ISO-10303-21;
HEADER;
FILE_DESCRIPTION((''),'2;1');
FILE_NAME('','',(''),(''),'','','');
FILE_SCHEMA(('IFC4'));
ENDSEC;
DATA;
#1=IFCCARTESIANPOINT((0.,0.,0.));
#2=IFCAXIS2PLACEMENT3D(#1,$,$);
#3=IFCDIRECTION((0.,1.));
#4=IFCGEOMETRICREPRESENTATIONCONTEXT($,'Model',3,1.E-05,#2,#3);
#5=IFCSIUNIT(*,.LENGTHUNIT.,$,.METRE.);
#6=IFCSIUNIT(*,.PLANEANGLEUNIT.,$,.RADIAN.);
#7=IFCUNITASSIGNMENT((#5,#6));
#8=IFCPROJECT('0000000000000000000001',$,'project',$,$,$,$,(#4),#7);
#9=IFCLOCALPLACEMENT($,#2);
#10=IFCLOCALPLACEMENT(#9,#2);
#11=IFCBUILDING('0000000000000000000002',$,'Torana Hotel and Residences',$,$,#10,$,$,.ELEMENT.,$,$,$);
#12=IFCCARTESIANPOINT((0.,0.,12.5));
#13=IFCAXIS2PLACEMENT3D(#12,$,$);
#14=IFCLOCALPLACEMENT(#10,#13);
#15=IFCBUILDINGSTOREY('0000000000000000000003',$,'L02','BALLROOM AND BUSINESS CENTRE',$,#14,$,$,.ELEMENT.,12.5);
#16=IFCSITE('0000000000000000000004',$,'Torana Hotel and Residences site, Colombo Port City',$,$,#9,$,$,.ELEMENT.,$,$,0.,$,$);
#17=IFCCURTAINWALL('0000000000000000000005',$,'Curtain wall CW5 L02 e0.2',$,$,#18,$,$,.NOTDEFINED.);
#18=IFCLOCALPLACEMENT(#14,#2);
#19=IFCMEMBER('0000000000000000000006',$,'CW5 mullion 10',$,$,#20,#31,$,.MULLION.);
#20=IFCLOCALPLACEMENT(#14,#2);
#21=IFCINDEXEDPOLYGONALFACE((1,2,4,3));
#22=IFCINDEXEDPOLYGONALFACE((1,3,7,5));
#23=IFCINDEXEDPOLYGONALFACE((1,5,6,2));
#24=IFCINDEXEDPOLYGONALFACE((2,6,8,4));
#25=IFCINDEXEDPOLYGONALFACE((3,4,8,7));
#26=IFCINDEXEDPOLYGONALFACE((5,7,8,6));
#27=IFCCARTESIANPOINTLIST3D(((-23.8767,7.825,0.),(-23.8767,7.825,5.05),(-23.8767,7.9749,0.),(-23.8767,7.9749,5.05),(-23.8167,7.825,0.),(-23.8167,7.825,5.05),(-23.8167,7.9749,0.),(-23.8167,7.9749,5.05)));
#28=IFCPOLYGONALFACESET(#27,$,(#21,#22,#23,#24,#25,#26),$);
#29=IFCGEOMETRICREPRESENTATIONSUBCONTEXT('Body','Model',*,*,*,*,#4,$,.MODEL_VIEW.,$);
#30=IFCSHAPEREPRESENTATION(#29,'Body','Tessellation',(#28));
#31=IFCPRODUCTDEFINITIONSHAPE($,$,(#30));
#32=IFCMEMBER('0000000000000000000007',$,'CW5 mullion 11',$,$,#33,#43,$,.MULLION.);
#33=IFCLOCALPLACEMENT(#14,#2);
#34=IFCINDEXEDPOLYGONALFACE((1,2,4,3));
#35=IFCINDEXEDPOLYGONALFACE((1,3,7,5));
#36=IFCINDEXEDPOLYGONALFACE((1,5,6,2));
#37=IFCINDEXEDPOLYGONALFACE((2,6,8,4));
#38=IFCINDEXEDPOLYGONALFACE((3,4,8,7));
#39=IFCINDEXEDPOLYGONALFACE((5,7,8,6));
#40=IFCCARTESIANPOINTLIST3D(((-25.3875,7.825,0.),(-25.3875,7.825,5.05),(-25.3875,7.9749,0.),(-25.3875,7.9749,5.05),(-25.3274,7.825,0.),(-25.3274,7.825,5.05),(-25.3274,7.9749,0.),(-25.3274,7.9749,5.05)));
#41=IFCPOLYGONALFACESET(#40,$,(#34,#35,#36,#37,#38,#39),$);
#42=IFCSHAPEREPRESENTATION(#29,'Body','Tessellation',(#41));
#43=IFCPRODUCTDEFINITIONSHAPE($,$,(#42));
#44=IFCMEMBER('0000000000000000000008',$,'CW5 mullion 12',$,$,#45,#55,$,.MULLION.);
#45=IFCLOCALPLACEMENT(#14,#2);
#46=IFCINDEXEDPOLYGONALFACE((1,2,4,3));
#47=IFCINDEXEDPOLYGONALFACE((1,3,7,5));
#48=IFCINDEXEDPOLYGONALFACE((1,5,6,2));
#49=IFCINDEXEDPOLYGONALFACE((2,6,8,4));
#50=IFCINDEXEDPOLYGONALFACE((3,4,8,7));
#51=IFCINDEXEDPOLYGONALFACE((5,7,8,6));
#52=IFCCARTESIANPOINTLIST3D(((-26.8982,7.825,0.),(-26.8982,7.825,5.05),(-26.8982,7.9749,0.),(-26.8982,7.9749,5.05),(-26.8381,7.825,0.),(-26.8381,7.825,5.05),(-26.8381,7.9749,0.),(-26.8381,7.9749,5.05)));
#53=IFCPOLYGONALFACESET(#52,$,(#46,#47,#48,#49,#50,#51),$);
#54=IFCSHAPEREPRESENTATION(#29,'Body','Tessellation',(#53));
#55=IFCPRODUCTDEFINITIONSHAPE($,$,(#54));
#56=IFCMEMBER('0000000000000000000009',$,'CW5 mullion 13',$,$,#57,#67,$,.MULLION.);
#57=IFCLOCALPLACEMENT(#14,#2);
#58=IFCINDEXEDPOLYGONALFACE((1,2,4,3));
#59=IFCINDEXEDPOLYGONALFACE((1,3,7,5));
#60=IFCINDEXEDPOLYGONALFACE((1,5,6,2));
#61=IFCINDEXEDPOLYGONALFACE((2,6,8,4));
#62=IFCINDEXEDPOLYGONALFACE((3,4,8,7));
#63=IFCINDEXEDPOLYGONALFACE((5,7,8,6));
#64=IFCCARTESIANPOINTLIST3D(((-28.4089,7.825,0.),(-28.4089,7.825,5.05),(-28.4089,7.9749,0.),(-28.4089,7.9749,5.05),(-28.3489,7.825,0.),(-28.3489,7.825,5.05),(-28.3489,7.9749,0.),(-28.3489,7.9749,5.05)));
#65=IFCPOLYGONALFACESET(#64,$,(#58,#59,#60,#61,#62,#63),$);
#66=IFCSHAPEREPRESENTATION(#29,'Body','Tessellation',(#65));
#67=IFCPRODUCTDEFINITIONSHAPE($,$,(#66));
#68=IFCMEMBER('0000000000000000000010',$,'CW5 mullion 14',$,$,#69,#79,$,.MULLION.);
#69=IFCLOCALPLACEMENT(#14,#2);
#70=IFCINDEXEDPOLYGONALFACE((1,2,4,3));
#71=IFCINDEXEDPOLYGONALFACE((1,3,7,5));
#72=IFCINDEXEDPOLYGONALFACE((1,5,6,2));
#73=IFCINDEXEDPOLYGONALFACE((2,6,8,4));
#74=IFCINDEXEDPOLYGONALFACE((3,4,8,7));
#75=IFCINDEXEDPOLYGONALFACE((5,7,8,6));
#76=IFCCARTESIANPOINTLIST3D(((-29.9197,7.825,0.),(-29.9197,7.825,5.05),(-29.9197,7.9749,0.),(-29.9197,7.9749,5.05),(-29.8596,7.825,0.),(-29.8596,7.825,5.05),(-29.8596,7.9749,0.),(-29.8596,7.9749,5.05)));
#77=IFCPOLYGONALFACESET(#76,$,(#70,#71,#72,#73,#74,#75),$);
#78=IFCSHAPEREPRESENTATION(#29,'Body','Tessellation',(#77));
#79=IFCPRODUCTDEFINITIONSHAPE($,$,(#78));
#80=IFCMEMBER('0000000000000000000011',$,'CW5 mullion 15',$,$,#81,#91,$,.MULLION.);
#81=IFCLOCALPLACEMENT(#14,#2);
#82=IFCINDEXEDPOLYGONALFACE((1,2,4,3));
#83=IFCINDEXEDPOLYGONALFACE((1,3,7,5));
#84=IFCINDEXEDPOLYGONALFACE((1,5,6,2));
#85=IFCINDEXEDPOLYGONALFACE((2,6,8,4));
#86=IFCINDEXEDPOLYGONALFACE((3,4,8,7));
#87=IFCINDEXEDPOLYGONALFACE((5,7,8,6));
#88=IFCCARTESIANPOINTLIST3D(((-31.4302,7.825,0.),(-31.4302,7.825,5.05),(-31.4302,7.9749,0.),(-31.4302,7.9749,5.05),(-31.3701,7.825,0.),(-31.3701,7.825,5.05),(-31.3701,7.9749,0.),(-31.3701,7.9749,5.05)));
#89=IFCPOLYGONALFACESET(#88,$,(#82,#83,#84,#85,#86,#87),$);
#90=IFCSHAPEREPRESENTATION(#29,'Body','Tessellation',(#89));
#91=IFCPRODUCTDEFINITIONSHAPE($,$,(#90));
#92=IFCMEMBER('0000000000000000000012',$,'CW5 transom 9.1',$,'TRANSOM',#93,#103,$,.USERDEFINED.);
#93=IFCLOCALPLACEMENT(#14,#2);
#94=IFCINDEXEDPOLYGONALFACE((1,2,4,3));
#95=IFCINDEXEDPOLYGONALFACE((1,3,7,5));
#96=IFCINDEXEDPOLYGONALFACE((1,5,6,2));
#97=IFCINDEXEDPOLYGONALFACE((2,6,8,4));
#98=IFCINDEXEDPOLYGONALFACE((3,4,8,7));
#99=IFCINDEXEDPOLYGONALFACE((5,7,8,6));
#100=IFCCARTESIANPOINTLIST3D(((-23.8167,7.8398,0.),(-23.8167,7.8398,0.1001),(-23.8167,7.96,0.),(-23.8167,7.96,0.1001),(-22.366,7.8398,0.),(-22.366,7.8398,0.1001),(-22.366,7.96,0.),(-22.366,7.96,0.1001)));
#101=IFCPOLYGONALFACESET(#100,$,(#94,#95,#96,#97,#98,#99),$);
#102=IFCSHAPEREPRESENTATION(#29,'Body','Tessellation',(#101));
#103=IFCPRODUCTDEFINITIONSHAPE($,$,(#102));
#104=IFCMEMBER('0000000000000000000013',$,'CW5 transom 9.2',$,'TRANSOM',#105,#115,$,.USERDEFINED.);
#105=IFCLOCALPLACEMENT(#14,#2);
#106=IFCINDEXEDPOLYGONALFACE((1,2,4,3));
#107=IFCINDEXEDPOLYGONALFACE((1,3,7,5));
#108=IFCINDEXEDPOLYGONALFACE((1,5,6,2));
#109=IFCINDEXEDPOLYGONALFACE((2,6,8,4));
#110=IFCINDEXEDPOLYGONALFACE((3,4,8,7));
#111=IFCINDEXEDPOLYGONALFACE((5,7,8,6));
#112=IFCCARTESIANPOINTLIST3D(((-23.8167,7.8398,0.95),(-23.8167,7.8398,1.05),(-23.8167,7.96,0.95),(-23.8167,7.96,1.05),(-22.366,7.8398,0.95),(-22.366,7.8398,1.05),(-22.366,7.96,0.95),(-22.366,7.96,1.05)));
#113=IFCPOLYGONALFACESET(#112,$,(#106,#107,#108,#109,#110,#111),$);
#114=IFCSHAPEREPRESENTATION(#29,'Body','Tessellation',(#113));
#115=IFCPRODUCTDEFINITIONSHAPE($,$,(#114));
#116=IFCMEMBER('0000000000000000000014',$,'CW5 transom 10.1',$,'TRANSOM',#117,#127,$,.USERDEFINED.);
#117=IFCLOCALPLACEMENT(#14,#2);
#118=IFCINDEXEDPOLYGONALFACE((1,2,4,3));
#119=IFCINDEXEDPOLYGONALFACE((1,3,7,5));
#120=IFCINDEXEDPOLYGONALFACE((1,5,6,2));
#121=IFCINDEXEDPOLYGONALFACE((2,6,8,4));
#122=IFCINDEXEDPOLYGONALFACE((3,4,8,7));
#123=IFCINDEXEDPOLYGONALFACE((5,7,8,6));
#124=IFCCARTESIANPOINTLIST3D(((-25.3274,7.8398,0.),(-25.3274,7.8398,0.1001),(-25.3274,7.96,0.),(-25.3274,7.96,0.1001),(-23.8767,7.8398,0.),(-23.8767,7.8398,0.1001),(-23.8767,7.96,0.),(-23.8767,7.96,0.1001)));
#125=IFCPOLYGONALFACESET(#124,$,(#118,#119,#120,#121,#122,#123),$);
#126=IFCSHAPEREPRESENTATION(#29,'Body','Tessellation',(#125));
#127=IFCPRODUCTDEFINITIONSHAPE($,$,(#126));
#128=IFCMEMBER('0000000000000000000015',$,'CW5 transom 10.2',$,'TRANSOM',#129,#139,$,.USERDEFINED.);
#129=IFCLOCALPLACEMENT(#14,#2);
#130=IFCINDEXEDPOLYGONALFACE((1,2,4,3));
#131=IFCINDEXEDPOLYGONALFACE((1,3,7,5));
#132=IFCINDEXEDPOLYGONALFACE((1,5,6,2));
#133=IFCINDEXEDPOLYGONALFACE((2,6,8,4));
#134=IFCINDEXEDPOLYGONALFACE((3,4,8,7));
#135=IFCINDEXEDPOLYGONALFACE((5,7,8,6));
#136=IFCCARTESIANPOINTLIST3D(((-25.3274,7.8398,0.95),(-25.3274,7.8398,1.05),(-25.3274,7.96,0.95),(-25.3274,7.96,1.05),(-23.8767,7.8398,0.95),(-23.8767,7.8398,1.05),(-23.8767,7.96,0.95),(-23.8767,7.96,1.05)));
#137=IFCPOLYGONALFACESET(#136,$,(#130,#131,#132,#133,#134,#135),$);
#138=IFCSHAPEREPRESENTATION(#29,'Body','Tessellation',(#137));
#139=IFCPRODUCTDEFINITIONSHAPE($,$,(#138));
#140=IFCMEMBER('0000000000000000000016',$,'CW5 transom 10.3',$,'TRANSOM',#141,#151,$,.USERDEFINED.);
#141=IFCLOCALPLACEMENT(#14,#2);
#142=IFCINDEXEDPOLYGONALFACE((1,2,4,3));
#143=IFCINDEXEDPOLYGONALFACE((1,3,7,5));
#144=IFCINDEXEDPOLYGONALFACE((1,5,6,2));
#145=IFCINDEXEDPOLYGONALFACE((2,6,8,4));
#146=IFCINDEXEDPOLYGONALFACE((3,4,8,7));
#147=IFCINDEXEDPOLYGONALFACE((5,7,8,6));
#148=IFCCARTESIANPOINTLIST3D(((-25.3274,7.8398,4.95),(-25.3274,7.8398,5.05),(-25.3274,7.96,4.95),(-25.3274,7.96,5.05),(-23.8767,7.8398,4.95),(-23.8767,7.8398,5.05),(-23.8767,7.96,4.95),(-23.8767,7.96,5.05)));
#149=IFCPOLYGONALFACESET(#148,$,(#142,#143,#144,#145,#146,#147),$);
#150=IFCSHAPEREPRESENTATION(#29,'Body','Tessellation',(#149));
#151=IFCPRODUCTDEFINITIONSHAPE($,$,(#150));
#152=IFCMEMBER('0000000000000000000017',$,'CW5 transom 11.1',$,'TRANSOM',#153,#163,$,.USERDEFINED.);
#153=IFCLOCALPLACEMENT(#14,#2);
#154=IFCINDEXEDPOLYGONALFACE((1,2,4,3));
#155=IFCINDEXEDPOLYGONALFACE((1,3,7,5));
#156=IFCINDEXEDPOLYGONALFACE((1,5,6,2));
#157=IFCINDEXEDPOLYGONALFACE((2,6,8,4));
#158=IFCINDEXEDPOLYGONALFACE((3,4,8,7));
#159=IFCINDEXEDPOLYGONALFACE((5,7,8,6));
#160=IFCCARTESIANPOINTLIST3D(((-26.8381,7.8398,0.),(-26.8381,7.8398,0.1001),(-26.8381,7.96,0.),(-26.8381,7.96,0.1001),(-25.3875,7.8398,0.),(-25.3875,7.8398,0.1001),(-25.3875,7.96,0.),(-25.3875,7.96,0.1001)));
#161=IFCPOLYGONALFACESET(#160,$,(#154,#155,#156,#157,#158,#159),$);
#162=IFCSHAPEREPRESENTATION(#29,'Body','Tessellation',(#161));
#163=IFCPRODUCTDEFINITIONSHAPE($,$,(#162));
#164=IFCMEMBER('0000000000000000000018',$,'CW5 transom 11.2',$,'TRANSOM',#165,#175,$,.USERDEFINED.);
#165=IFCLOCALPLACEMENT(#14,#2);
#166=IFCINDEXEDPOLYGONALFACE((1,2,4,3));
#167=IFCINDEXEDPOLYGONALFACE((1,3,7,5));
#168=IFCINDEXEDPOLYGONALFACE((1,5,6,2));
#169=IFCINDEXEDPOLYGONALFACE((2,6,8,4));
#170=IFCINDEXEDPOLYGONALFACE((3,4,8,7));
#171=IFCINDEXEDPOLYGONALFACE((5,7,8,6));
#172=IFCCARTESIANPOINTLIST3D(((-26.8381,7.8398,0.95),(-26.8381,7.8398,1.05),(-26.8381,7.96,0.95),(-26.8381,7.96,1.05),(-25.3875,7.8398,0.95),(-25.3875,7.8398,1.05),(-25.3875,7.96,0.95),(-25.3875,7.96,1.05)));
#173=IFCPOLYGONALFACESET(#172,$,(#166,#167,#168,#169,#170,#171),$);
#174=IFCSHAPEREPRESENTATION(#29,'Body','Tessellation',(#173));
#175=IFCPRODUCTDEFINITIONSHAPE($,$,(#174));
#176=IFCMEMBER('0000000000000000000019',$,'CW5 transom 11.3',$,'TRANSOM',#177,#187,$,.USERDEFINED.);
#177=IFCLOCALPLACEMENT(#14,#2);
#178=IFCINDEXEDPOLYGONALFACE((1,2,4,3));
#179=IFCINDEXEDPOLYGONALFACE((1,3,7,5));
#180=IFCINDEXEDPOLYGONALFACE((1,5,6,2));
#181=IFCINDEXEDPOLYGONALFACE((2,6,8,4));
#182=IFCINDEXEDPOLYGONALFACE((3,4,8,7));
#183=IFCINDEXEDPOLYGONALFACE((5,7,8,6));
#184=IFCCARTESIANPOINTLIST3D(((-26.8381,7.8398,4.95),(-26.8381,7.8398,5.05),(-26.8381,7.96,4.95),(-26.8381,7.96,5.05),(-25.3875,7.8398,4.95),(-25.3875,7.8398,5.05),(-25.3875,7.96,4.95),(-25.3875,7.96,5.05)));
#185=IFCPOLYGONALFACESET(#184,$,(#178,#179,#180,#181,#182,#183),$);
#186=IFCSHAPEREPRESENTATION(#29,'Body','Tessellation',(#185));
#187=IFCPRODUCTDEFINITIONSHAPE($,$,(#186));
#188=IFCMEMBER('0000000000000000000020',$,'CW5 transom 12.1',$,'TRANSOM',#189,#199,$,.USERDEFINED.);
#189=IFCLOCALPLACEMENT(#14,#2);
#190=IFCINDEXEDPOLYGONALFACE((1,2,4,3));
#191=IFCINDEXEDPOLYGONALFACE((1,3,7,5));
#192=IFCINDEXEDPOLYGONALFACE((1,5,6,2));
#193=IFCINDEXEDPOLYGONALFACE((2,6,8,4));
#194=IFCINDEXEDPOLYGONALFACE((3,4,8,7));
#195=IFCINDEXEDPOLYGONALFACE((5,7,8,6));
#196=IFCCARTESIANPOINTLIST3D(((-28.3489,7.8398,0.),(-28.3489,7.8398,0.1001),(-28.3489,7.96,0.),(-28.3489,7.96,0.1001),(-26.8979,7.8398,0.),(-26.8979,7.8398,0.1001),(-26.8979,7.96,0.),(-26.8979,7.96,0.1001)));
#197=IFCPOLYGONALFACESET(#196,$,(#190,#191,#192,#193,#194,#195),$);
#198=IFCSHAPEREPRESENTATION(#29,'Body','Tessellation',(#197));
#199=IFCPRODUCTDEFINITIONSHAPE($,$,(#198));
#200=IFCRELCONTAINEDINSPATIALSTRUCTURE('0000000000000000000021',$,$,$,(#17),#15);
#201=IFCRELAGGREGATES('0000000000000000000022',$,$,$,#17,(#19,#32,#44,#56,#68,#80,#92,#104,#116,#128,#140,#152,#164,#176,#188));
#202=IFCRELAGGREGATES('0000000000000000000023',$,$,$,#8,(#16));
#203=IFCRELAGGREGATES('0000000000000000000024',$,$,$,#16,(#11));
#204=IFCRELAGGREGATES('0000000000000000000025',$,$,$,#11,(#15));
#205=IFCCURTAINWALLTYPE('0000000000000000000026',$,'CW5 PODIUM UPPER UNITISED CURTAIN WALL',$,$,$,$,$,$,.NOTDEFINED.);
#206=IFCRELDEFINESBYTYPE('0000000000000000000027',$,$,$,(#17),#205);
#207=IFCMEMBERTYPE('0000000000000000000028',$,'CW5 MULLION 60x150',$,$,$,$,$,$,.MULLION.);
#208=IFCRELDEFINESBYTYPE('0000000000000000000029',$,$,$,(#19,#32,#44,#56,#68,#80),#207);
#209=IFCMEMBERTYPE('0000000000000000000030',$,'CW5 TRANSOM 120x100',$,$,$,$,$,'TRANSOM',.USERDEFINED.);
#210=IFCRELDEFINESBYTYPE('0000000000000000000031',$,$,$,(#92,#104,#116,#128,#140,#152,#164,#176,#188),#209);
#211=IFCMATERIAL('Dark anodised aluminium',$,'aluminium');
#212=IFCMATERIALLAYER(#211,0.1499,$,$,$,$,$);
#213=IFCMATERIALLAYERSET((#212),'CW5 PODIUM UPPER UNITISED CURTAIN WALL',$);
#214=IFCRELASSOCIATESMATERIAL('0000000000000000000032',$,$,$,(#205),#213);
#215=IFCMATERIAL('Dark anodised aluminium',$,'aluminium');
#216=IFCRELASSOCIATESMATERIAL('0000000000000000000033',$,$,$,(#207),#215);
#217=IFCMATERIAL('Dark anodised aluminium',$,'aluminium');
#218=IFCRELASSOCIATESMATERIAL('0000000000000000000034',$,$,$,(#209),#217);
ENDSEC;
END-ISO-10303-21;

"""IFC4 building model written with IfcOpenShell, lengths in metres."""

from ifc_helpers import new_model, si_unit, direction, frame, origin, origin_2d, place, context, subcontext, project, spatial, rectangle, extrude, material, layer, layer_set, material_profile, profile_set, type_object, element, aggregate, save


model = new_model("IFC4")

# Units and contexts
model_context = context("Model", 3, precision=1e-05, world=origin(), true_north=direction((0.0, 1.0)))
body_context = subcontext(model_context, "Body", "Model", "MODEL_VIEW")
ifc_project = project(units=[si_unit("LENGTHUNIT", "METRE"), si_unit("PLANEANGLEUNIT", "RADIAN")], contexts=[model_context])

# Site, building, storey
site_placement = place(None, origin())
site = spatial("IfcSite", under=ifc_project, at=site_placement, Name="Torana Hotel and Residences site, Colombo Port City", CompositionType="ELEMENT", RefElevation=0.0)
building_placement = place(site_placement, origin())
building = spatial("IfcBuilding", under=site, at=building_placement, Name="Torana Hotel and Residences", CompositionType="ELEMENT")
storey_placement = place(building_placement, frame((0.0, 0.0, 12.5)))
storey = spatial("IfcBuildingStorey", under=building, at=storey_placement, Name="L02", Description="BALLROOM AND BUSINESS CENTRE", CompositionType="ELEMENT", Elevation=12.5)

# Curtain wall, members
ifc_material_1 = material(Name="Dark anodised aluminium", Category="aluminium")
ifc_layer_1 = layer(ifc_material_1, 0.1499)
ifc_layer_set_1 = layer_set([ifc_layer_1], Name="CW5 PODIUM UPPER UNITISED CURTAIN WALL")
curtain_wall_type = type_object("IfcCurtainWallType", Name="CW5 PODIUM UPPER UNITISED CURTAIN WALL", PredefinedType="NOTDEFINED", material=ifc_layer_set_1)
curtain_wall_placement = place(storey_placement, origin())
curtain_wall = element("IfcCurtainWall", 1, at=curtain_wall_placement, inside=storey, type_object=curtain_wall_type, Name="Curtain wall CW5 L02 e0.2", PredefinedType="NOTDEFINED")
ifc_material_2 = material(Name="Dark anodised aluminium", Category="aluminium")
ifc_material_profile_1 = material_profile(ifc_material_2, rectangle(XDim=0.1499, YDim=0.0601, at=origin_2d()), Name="CW5 MULLION 60x150")
ifc_profile_set_1 = profile_set([ifc_material_profile_1], Name="Dark anodised aluminium")
member_type_1 = type_object("IfcMemberType", Name="CW5 MULLION 60x150", PredefinedType="MULLION", material=ifc_profile_set_1)
member_1_placement = place(storey_placement, frame((-23.8467, 7.8999, 0.0), z_axis=(0.0, 0.0, 1.0), x_axis=(0.0, -1.0, 0.0)))
member_1 = element("IfcMember", 2, at=member_1_placement, type_object=member_type_1, Name="CW5 mullion 10", PredefinedType="MULLION", context=body_context, shape_type="SweptSolid", body=[
    extrude(rectangle(XDim=0.1499, YDim=0.0601, at=origin_2d()), origin(), (0.0, 0.0, 1.0), 5.05),
])
member_2_placement = place(storey_placement, frame((-25.3574, 7.8999, 0.0), z_axis=(0.0, 0.0, 1.0), x_axis=(0.0, -1.0, 0.0)))
member_2 = element("IfcMember", 3, at=member_2_placement, type_object=member_type_1, Name="CW5 mullion 11", PredefinedType="MULLION", context=body_context, shape_type="SweptSolid", body=[
    extrude(rectangle(XDim=0.1499, YDim=0.0601, at=origin_2d()), origin(), (0.0, 0.0, 1.0), 5.05),
])
member_3_placement = place(storey_placement, frame((-26.8682, 7.8999, 0.0), z_axis=(0.0, 0.0, 1.0), x_axis=(0.0, -1.0, 0.0)))
member_3 = element("IfcMember", 4, at=member_3_placement, type_object=member_type_1, Name="CW5 mullion 12", PredefinedType="MULLION", context=body_context, shape_type="SweptSolid", body=[
    extrude(rectangle(XDim=0.1499, YDim=0.0601, at=origin_2d()), origin(), (0.0, 0.0, 1.0), 5.05),
])
member_4_placement = place(storey_placement, frame((-28.3789, 7.8999, 0.0), z_axis=(0.0, 0.0, 1.0), x_axis=(0.0, -1.0, 0.0)))
member_4 = element("IfcMember", 5, at=member_4_placement, type_object=member_type_1, Name="CW5 mullion 13", PredefinedType="MULLION", context=body_context, shape_type="SweptSolid", body=[
    extrude(rectangle(XDim=0.1499, YDim=0.0601, at=origin_2d()), origin(), (0.0, 0.0, 1.0), 5.05),
])
member_5_placement = place(storey_placement, frame((-29.8896, 7.8999, 0.0), z_axis=(0.0, 0.0, 1.0), x_axis=(0.0, -1.0, 0.0)))
member_5 = element("IfcMember", 6, at=member_5_placement, type_object=member_type_1, Name="CW5 mullion 14", PredefinedType="MULLION", context=body_context, shape_type="SweptSolid", body=[
    extrude(rectangle(XDim=0.1499, YDim=0.0601, at=origin_2d()), origin(), (0.0, 0.0, 1.0), 5.05),
])
member_6_placement = place(storey_placement, frame((-31.4001, 7.8999, 0.0), z_axis=(0.0, 0.0, 1.0), x_axis=(0.0, -1.0, 0.0)))
member_6 = element("IfcMember", 7, at=member_6_placement, type_object=member_type_1, Name="CW5 mullion 15", PredefinedType="MULLION", context=body_context, shape_type="SweptSolid", body=[
    extrude(rectangle(XDim=0.1499, YDim=0.0601, at=origin_2d()), origin(), (0.0, 0.0, 1.0), 5.05),
])
ifc_material_3 = material(Name="Dark anodised aluminium", Category="aluminium")
ifc_material_profile_2 = material_profile(ifc_material_3, rectangle(XDim=0.1201, YDim=0.1001, at=origin_2d()), Name="CW5 TRANSOM 120x100")
ifc_profile_set_2 = profile_set([ifc_material_profile_2], Name="Dark anodised aluminium")
member_type_2 = type_object("IfcMemberType", Name="CW5 TRANSOM 120x100", ElementType="TRANSOM", PredefinedType="USERDEFINED", material=ifc_profile_set_2)
member_7_placement = place(storey_placement, frame((-22.366, 7.8999, 0.05), z_axis=(-1.0, 0.0, 0.0), x_axis=(0.0, -1.0, 0.0)))
member_7 = element("IfcMember", 8, at=member_7_placement, type_object=member_type_2, Name="CW5 transom 9.1", ObjectType="TRANSOM", PredefinedType="USERDEFINED", context=body_context, shape_type="SweptSolid", body=[
    extrude(rectangle(XDim=0.1201, YDim=0.1001, at=origin_2d()), origin(), (0.0, 0.0, 1.0), 1.4507),
])
member_8_placement = place(storey_placement, frame((-22.366, 7.8999, 1.0), z_axis=(-1.0, 0.0, 0.0), x_axis=(0.0, -1.0, 0.0)))
member_8 = element("IfcMember", 9, at=member_8_placement, type_object=member_type_2, Name="CW5 transom 9.2", ObjectType="TRANSOM", PredefinedType="USERDEFINED", context=body_context, shape_type="SweptSolid", body=[
    extrude(rectangle(XDim=0.1201, YDim=0.1001, at=origin_2d()), origin(), (0.0, 0.0, 1.0), 1.4507),
])
member_9_placement = place(storey_placement, frame((-23.8767, 7.8999, 0.05), z_axis=(-1.0, 0.0, 0.0), x_axis=(0.0, -1.0, 0.0)))
member_9 = element("IfcMember", 10, at=member_9_placement, type_object=member_type_2, Name="CW5 transom 10.1", ObjectType="TRANSOM", PredefinedType="USERDEFINED", context=body_context, shape_type="SweptSolid", body=[
    extrude(rectangle(XDim=0.1201, YDim=0.1001, at=origin_2d()), origin(), (0.0, 0.0, 1.0), 1.4507),
])
member_10_placement = place(storey_placement, frame((-23.8767, 7.8999, 1.0), z_axis=(-1.0, 0.0, 0.0), x_axis=(0.0, -1.0, 0.0)))
member_10 = element("IfcMember", 11, at=member_10_placement, type_object=member_type_2, Name="CW5 transom 10.2", ObjectType="TRANSOM", PredefinedType="USERDEFINED", context=body_context, shape_type="SweptSolid", body=[
    extrude(rectangle(XDim=0.1201, YDim=0.1001, at=origin_2d()), origin(), (0.0, 0.0, 1.0), 1.4507),
])
member_11_placement = place(storey_placement, frame((-23.8767, 7.8999, 5.0), z_axis=(-1.0, 0.0, 0.0), x_axis=(0.0, -1.0, 0.0)))
member_11 = element("IfcMember", 12, at=member_11_placement, type_object=member_type_2, Name="CW5 transom 10.3", ObjectType="TRANSOM", PredefinedType="USERDEFINED", context=body_context, shape_type="SweptSolid", body=[
    extrude(rectangle(XDim=0.1201, YDim=0.1001, at=origin_2d()), origin(), (0.0, 0.0, 1.0), 1.4507),
])
member_12_placement = place(storey_placement, frame((-25.3875, 7.8999, 0.05), z_axis=(-1.0, 0.0, 0.0), x_axis=(0.0, -1.0, 0.0)))
member_12 = element("IfcMember", 13, at=member_12_placement, type_object=member_type_2, Name="CW5 transom 11.1", ObjectType="TRANSOM", PredefinedType="USERDEFINED", context=body_context, shape_type="SweptSolid", body=[
    extrude(rectangle(XDim=0.1201, YDim=0.1001, at=origin_2d()), origin(), (0.0, 0.0, 1.0), 1.4507),
])
member_13_placement = place(storey_placement, frame((-25.3875, 7.8999, 1.0), z_axis=(-1.0, 0.0, 0.0), x_axis=(0.0, -1.0, 0.0)))
member_13 = element("IfcMember", 14, at=member_13_placement, type_object=member_type_2, Name="CW5 transom 11.2", ObjectType="TRANSOM", PredefinedType="USERDEFINED", context=body_context, shape_type="SweptSolid", body=[
    extrude(rectangle(XDim=0.1201, YDim=0.1001, at=origin_2d()), origin(), (0.0, 0.0, 1.0), 1.4507),
])
member_14_placement = place(storey_placement, frame((-25.3875, 7.8999, 5.0), z_axis=(-1.0, 0.0, 0.0), x_axis=(0.0, -1.0, 0.0)))
member_14 = element("IfcMember", 15, at=member_14_placement, type_object=member_type_2, Name="CW5 transom 11.3", ObjectType="TRANSOM", PredefinedType="USERDEFINED", context=body_context, shape_type="SweptSolid", body=[
    extrude(rectangle(XDim=0.1201, YDim=0.1001, at=origin_2d()), origin(), (0.0, 0.0, 1.0), 1.4507),
])
member_15_placement = place(storey_placement, frame((-26.8979, 7.8999, 0.05), z_axis=(-1.0, 0.0, 0.0), x_axis=(0.0, -1.0, 0.0)))
member_15 = element("IfcMember", 16, at=member_15_placement, type_object=member_type_2, Name="CW5 transom 12.1", ObjectType="TRANSOM", PredefinedType="USERDEFINED", context=body_context, shape_type="SweptSolid", body=[
    extrude(rectangle(XDim=0.1201, YDim=0.1001, at=origin_2d()), origin(), (0.0, 0.0, 1.0), 1.4509),
])
aggregate(curtain_wall, [member_1, member_2, member_3, member_4, member_5, member_6, member_7, member_8, member_9, member_10, member_11, member_12, member_13, member_14, member_15])

save(model, "model.ifc")
